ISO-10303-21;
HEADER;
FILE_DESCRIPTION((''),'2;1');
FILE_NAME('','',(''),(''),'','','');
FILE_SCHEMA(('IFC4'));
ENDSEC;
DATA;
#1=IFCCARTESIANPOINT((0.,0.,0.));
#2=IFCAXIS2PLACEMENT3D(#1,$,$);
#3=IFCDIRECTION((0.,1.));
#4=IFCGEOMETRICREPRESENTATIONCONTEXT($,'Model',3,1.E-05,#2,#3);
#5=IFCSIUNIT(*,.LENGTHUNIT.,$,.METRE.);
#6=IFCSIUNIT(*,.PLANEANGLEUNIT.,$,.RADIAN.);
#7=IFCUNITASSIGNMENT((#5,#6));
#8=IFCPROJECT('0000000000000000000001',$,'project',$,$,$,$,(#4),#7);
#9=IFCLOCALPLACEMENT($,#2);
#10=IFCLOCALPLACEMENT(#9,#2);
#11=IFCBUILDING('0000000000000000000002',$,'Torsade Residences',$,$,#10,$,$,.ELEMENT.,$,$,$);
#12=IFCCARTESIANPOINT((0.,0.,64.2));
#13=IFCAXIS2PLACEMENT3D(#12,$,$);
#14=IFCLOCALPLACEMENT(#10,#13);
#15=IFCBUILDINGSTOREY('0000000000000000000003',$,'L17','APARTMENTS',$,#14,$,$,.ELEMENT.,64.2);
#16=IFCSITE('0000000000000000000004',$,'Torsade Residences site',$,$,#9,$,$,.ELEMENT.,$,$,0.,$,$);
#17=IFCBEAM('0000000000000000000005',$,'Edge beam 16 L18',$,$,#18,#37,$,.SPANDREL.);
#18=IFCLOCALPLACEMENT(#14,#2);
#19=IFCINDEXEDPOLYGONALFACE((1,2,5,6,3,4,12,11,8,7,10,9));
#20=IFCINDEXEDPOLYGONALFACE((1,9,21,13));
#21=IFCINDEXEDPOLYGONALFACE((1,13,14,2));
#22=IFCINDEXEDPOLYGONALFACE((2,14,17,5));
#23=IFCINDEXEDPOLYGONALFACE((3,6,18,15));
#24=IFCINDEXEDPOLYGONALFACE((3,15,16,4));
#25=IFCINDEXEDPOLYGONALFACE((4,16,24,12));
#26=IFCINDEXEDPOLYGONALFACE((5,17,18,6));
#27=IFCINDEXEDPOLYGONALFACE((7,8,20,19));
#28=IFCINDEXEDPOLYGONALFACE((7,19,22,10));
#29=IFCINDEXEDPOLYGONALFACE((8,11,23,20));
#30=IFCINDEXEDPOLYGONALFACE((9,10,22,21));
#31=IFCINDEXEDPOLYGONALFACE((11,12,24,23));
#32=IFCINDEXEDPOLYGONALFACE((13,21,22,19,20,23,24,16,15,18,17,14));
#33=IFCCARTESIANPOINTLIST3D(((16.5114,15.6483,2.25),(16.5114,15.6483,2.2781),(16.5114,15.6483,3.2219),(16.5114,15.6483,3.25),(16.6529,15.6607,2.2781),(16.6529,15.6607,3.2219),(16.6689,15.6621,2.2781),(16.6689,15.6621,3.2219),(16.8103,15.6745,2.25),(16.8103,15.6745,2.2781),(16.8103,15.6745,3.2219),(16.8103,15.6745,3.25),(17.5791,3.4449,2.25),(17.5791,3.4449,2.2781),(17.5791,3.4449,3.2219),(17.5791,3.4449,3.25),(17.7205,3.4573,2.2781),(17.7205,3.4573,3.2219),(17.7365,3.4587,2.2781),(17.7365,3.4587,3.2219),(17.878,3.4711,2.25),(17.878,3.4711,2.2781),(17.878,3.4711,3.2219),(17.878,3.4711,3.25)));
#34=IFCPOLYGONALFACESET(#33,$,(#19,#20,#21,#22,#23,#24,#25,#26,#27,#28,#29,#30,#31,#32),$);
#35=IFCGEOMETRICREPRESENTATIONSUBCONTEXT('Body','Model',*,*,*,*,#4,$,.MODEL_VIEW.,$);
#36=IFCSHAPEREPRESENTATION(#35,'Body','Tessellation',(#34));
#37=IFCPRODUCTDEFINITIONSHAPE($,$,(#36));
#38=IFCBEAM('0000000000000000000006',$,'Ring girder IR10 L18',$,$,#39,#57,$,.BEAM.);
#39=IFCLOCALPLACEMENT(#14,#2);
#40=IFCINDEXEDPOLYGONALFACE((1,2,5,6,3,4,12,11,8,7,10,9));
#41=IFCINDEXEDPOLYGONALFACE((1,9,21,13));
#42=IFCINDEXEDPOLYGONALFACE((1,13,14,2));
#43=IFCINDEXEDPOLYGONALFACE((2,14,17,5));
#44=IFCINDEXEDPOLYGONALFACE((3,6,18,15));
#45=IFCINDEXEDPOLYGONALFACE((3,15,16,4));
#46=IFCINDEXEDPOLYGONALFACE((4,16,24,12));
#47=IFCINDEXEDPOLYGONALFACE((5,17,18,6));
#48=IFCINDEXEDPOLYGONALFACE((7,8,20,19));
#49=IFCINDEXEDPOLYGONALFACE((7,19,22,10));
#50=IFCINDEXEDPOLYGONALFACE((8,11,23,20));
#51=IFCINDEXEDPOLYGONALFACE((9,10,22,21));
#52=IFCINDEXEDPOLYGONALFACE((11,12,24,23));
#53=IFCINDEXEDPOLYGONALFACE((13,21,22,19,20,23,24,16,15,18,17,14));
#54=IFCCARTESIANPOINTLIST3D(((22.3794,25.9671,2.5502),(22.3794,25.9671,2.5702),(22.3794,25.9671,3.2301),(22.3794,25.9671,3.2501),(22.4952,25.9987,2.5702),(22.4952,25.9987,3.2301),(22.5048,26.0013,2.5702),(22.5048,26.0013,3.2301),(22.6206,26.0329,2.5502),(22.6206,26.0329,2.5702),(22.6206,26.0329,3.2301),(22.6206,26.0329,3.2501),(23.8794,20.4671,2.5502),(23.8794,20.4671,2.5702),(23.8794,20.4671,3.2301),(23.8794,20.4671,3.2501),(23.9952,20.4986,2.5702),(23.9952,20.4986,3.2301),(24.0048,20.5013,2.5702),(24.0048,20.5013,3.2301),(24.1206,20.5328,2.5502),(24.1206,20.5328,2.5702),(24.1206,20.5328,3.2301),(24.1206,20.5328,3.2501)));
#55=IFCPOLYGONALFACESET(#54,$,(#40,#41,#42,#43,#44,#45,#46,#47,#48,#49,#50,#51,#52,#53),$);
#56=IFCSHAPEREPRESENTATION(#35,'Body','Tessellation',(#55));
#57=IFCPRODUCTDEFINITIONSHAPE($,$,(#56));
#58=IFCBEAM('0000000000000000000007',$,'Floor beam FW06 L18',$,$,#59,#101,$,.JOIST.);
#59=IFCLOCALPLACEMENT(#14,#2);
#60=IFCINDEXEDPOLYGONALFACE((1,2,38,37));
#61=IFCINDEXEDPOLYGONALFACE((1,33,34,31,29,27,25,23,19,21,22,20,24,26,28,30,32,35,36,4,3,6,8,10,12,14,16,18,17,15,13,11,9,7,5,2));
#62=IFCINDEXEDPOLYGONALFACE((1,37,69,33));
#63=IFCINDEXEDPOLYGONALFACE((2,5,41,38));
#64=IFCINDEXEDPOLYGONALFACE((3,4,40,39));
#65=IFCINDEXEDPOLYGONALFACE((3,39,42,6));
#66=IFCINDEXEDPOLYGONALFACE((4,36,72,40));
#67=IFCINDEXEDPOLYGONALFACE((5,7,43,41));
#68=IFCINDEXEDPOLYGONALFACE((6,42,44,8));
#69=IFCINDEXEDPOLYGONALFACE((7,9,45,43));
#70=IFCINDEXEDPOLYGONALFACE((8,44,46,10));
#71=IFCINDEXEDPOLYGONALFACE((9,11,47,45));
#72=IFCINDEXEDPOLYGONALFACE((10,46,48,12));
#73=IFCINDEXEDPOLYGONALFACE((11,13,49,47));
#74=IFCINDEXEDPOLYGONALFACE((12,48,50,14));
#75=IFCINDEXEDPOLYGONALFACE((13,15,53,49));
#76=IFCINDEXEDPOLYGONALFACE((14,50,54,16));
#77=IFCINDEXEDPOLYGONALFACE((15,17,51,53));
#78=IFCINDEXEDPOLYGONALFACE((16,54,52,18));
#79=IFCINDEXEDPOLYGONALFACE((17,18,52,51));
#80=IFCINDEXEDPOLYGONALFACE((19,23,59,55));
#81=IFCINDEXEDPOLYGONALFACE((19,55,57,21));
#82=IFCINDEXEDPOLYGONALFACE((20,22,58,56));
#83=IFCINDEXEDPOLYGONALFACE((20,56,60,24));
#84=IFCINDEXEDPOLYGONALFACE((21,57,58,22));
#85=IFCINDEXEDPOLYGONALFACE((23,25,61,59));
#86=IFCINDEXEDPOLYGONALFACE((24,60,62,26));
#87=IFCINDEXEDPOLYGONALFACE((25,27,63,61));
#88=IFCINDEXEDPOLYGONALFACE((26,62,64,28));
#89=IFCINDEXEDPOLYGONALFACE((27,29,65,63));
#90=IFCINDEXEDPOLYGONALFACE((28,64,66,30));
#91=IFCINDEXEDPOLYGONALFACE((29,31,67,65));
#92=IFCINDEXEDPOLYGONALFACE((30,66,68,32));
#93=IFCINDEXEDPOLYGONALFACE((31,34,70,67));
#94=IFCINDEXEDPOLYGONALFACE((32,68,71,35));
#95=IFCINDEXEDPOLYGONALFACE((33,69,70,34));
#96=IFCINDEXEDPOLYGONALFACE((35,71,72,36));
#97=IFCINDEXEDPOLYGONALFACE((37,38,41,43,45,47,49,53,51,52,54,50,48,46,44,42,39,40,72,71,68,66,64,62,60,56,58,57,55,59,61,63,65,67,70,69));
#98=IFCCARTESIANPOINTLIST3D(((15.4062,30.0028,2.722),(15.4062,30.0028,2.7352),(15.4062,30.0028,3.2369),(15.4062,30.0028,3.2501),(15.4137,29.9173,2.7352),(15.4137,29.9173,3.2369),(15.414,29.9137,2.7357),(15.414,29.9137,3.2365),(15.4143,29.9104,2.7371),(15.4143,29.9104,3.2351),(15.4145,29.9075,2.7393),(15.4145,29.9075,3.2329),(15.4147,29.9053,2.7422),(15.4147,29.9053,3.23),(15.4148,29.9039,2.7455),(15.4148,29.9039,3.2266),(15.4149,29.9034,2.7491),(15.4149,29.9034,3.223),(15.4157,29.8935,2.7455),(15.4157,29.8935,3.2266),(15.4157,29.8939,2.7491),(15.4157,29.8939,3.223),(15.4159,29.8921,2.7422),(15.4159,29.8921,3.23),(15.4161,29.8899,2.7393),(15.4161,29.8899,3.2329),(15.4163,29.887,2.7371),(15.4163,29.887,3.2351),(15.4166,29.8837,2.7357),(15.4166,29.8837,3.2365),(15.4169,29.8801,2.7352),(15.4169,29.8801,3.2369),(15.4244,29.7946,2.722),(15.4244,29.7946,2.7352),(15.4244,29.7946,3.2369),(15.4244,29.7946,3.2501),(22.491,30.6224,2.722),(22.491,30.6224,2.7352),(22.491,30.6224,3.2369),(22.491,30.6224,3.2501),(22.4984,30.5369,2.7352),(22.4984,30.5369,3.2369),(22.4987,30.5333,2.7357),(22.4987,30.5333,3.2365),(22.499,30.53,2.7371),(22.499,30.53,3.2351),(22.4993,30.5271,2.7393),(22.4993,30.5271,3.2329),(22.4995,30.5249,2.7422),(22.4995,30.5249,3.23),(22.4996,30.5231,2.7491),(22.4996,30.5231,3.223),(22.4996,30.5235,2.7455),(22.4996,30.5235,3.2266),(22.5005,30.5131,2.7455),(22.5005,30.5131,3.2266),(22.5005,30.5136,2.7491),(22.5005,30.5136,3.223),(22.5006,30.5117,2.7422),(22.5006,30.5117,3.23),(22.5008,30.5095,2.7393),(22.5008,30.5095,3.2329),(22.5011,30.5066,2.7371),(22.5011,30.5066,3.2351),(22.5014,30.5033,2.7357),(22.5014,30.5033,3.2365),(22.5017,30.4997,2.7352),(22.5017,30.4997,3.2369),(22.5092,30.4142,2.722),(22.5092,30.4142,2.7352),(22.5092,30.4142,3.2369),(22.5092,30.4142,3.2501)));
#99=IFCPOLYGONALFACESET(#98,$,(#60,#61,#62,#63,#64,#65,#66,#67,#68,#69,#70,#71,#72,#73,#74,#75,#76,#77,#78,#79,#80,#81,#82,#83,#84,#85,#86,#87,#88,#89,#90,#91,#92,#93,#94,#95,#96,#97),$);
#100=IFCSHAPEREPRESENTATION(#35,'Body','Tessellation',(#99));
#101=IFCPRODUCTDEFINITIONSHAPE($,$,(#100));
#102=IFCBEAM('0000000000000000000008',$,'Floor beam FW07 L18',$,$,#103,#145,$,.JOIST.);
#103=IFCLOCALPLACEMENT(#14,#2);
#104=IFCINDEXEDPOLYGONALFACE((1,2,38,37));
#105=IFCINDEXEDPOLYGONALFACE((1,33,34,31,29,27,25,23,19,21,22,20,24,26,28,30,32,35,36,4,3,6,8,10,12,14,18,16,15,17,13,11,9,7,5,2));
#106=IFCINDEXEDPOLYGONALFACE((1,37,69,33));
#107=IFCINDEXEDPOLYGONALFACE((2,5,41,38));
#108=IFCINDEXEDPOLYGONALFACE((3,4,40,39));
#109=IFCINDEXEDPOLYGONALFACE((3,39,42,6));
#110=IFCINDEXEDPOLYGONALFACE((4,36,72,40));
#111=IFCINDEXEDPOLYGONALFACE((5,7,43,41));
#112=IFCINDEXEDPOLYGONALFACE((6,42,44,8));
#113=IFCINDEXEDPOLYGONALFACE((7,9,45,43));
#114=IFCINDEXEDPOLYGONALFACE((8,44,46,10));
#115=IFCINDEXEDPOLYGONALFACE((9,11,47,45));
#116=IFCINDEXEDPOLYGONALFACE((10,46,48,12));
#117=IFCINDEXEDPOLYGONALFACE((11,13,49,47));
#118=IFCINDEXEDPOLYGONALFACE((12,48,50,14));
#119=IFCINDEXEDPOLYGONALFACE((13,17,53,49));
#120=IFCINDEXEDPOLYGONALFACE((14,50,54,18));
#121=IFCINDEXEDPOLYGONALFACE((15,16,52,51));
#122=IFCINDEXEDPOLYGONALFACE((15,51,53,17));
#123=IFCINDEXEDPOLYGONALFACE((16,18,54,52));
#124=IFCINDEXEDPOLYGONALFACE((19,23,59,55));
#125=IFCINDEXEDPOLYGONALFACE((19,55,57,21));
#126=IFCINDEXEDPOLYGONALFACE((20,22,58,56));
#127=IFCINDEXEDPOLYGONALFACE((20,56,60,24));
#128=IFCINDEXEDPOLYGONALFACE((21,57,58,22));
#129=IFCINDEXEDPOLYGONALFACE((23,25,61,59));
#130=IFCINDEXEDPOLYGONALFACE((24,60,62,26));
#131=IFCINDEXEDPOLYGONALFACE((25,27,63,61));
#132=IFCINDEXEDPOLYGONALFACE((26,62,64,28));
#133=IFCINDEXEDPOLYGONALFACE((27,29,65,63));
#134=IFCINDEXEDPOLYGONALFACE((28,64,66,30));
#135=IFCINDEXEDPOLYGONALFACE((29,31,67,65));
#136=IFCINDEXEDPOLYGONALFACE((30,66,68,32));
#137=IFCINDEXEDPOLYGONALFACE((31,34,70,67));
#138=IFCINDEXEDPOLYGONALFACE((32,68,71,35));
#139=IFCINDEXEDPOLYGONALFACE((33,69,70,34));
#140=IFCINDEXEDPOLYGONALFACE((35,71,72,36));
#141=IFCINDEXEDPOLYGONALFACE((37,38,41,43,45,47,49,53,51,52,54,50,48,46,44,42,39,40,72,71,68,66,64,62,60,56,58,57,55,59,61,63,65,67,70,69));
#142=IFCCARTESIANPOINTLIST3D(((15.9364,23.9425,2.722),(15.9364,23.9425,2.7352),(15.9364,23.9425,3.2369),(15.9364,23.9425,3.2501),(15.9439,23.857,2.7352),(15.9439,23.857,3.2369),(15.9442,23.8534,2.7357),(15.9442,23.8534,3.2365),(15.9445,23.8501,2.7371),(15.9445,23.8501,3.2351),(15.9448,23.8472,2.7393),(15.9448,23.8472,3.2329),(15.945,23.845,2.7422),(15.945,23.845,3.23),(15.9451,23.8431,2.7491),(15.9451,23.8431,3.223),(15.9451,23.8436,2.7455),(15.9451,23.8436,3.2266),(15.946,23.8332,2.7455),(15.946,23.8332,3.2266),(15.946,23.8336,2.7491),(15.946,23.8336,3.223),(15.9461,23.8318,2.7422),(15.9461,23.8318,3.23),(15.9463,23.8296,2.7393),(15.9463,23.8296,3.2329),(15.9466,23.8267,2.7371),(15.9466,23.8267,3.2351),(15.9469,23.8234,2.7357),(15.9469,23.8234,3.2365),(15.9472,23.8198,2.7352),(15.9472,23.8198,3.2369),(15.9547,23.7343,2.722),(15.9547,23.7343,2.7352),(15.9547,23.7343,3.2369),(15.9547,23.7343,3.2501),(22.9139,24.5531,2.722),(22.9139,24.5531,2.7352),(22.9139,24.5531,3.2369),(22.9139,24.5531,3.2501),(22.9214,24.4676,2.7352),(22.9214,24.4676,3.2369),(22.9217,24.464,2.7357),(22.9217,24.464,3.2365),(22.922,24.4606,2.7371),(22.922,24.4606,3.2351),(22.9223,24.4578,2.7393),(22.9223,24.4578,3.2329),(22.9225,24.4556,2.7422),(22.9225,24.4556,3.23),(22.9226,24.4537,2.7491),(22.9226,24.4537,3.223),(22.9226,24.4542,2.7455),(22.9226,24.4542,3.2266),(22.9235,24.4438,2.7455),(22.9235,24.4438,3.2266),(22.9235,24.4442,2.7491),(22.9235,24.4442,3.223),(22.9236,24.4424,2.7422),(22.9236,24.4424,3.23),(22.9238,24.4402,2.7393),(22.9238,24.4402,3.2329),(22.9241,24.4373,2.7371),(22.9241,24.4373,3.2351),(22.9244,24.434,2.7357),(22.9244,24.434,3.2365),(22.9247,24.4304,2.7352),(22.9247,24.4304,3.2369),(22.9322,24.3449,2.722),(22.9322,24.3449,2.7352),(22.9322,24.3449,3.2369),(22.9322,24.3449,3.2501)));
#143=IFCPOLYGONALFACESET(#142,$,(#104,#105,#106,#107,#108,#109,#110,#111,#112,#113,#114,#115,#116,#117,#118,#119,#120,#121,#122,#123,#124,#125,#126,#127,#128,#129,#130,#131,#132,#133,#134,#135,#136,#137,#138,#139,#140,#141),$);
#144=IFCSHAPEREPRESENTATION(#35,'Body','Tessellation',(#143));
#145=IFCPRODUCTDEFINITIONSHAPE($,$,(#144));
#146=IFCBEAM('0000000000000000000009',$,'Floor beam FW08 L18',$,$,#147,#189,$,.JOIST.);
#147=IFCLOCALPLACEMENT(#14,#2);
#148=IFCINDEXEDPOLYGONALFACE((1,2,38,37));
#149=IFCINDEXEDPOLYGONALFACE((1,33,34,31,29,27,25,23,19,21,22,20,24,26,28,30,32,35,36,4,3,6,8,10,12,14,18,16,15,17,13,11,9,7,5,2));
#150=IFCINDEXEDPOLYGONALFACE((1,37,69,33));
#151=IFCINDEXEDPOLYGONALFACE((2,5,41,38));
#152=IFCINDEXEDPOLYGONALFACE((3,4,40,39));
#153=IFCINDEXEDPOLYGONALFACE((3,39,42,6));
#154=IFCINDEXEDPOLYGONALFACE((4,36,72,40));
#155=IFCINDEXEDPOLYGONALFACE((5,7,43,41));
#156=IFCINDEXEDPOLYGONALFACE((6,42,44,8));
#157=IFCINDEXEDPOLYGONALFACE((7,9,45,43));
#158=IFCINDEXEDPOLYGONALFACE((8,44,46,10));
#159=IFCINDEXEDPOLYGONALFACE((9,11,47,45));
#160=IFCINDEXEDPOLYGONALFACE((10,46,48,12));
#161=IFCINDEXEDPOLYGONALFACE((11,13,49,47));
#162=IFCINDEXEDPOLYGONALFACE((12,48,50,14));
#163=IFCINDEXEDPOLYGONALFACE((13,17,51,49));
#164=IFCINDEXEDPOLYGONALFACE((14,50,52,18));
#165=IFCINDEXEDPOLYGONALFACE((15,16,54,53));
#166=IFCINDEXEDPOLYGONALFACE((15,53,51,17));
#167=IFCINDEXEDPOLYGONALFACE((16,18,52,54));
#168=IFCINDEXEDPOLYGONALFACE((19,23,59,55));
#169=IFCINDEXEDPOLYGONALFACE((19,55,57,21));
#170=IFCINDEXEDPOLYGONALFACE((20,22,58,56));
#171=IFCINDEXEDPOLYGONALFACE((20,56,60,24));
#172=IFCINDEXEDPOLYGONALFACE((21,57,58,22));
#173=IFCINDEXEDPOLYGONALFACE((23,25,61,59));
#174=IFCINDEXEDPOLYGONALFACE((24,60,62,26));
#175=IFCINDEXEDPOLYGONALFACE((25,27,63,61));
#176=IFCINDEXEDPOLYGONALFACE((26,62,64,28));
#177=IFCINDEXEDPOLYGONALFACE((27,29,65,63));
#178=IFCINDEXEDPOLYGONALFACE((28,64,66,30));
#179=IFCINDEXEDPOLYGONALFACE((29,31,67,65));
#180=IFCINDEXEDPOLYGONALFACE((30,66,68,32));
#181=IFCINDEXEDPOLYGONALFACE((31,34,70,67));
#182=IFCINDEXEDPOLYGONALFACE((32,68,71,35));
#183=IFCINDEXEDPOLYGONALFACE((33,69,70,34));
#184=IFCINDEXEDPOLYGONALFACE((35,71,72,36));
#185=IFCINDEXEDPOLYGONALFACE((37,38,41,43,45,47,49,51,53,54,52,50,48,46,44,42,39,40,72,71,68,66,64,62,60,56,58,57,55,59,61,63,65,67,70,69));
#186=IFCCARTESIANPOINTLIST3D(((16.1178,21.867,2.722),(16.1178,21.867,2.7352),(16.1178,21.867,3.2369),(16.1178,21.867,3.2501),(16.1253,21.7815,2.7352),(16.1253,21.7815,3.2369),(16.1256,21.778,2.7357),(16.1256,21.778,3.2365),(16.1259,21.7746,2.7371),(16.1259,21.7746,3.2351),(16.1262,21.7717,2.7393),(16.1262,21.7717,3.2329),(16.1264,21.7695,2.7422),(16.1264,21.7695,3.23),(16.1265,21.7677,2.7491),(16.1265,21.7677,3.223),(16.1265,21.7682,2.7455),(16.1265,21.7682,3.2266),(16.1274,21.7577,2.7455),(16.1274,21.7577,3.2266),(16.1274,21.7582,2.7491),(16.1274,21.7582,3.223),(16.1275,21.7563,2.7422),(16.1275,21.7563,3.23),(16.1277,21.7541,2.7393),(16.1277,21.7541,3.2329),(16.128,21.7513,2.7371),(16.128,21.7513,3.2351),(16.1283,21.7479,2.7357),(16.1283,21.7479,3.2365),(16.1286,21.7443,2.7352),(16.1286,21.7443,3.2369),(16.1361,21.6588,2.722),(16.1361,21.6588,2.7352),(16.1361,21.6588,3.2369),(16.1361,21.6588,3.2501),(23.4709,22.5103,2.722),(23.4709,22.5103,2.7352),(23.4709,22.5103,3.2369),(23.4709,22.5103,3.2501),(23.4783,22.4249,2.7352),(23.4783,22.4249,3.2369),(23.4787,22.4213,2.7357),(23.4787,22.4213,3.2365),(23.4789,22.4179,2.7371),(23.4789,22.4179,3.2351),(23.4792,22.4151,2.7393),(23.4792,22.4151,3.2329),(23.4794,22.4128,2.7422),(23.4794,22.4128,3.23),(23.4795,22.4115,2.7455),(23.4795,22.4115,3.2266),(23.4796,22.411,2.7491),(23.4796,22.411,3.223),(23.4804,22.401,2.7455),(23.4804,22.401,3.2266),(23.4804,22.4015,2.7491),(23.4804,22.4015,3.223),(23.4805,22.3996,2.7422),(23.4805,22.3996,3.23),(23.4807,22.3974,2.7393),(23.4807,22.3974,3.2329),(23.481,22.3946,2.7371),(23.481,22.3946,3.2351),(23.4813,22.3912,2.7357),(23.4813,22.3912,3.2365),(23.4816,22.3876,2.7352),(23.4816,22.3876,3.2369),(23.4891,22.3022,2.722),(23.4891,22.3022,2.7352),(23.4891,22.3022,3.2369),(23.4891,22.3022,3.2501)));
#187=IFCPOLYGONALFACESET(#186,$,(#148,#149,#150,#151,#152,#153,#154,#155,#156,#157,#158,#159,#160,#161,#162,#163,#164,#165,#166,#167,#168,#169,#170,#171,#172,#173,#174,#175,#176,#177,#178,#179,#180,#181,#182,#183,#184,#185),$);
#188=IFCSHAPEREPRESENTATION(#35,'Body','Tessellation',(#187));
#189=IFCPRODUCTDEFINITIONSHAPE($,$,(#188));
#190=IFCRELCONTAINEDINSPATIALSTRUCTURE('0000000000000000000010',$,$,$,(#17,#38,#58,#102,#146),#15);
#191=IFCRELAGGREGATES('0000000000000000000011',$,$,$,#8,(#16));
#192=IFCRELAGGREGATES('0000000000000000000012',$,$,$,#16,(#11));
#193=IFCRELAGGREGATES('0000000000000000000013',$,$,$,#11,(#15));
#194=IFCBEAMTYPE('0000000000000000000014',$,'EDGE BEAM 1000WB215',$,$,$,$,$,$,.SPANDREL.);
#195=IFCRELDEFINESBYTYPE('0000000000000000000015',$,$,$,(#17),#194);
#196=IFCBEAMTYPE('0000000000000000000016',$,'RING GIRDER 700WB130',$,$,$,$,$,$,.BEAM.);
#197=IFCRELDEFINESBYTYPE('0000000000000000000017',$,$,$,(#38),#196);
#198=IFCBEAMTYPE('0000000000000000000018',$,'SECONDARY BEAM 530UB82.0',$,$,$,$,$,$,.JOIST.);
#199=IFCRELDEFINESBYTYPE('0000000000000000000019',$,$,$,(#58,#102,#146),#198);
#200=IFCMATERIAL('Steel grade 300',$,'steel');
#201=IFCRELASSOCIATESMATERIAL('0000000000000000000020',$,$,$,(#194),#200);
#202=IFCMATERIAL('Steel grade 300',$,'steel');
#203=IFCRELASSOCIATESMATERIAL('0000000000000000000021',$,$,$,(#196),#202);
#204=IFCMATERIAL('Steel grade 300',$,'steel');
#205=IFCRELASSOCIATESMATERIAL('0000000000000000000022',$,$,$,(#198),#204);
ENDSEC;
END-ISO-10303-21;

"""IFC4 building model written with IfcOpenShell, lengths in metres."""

from ifc_helpers import new_model, si_unit, direction, frame, origin, origin_2d, place, context, subcontext, project, spatial, i_section, extrude, material, material_profile, profile_set, type_object, element, save


model = new_model("IFC4")

# Units and contexts
model_context = context("Model", 3, precision=1e-05, world=origin(), true_north=direction((0.0, 1.0)))
body_context = subcontext(model_context, "Body", "Model", "MODEL_VIEW")
ifc_project = project(units=[si_unit("LENGTHUNIT", "METRE"), si_unit("PLANEANGLEUNIT", "RADIAN")], contexts=[model_context])

# Site, building, storey
site_placement = place(None, origin())
site = spatial("IfcSite", under=ifc_project, at=site_placement, Name="Torsade Residences site", CompositionType="ELEMENT", RefElevation=0.0)
building_placement = place(site_placement, origin())
building = spatial("IfcBuilding", under=site, at=building_placement, Name="Torsade Residences", CompositionType="ELEMENT")
storey_placement = place(building_placement, frame((0.0, 0.0, 64.2)))
storey = spatial("IfcBuildingStorey", under=building, at=storey_placement, Name="L17", Description="APARTMENTS", CompositionType="ELEMENT", Elevation=64.2)

# Beams
ifc_material_1 = material(Name="Steel grade 300", Category="steel")
ifc_material_profile_1 = material_profile(ifc_material_1, i_section(OverallWidth=0.3, OverallDepth=1.0, WebThickness=0.0161, FlangeThickness=0.0281, at=origin_2d()), Name="1000WB215")
ifc_profile_set_1 = profile_set([ifc_material_profile_1], Name="Steel grade 300")
beam_type_1 = type_object("IfcBeamType", Name="EDGE BEAM 1000WB215", PredefinedType="SPANDREL", material=ifc_profile_set_1)
for number, where, z_axis, x_axis, name in (
    (1, (16.6609, 15.6614, 2.75), (0.087153, -0.996195, 0.0), (0.996195, 0.087153, 0.0), "Edge beam 16 L18"),
):
    element("IfcBeam", number, at=place(storey_placement, frame(where, z_axis=z_axis, x_axis=x_axis)), inside=storey, type_object=beam_type_1, Name=name, PredefinedType="SPANDREL", context=body_context, shape_type="SweptSolid", body=[
        extrude(i_section(OverallWidth=0.3, OverallDepth=1.0, WebThickness=0.0161, FlangeThickness=0.0281, at=origin_2d()), origin(), (0.0, 0.0, 1.0), 12.25),
    ])
ifc_material_2 = material(Name="Steel grade 300", Category="steel")
ifc_material_profile_2 = material_profile(ifc_material_2, i_section(OverallWidth=0.25, OverallDepth=0.7, WebThickness=0.01, FlangeThickness=0.02, at=origin_2d()), Name="700WB130")
ifc_profile_set_2 = profile_set([ifc_material_profile_2], Name="Steel grade 300")
beam_type_2 = type_object("IfcBeamType", Name="RING GIRDER 700WB130", PredefinedType="BEAM", material=ifc_profile_set_2)
beam_1_placement = place(storey_placement, frame((22.5, 26.0, 2.9001), z_axis=(0.263117, -0.964764, 0.0), x_axis=(0.964764, 0.263117, 0.0)))
element("IfcBeam", 2, at=beam_1_placement, inside=storey, type_object=beam_type_2, Name="Ring girder IR10 L18", PredefinedType="BEAM", context=body_context, shape_type="SweptSolid", body=[
    extrude(i_section(OverallWidth=0.25, OverallDepth=0.7, WebThickness=0.01, FlangeThickness=0.02, at=origin_2d()), origin(), (0.0, 0.0, 1.0), 5.7009),
])
ifc_material_3 = material(Name="Steel grade 300", Category="steel")
ifc_material_profile_3 = material_profile(ifc_material_3, i_section(OverallWidth=0.209, OverallDepth=0.5281, WebThickness=0.0095, FlangeThickness=0.0132, FilletRadius=0.0139, at=origin_2d()), Name="530UB82.0")
ifc_profile_set_3 = profile_set([ifc_material_profile_3], Name="Steel grade 300")
beam_type_3 = type_object("IfcBeamType", Name="SECONDARY BEAM 530UB82.0", PredefinedType="JOIST", material=ifc_profile_set_3)
beam_2_placement = place(storey_placement, frame((15.4153, 29.8987, 2.9861), z_axis=(0.996197, 0.087127, 0.0), x_axis=(-0.087127, 0.996197, 0.0)))
element("IfcBeam", 3, at=beam_2_placement, inside=storey, type_object=beam_type_3, Name="Floor beam FW06 L18", PredefinedType="JOIST", context=body_context, shape_type="SweptSolid", body=[
    extrude(i_section(OverallWidth=0.209, OverallDepth=0.5281, WebThickness=0.0095, FlangeThickness=0.0132, FilletRadius=0.0139, at=origin_2d()), origin(), (0.0, 0.0, 1.0), 7.1118),
])
beam_3_placement = place(storey_placement, frame((15.9456, 23.8384, 2.9861), z_axis=(0.996193, 0.087176, 0.0), x_axis=(-0.087176, 0.996193, 0.0)))
element("IfcBeam", 4, at=beam_3_placement, inside=storey, type_object=beam_type_3, Name="Floor beam FW07 L18", PredefinedType="JOIST", context=body_context, shape_type="SweptSolid", body=[
    extrude(i_section(OverallWidth=0.209, OverallDepth=0.5281, WebThickness=0.0095, FlangeThickness=0.0132, FilletRadius=0.0139, at=origin_2d()), origin(), (0.0, 0.0, 1.0), 7.0042),
])
beam_4_placement = place(storey_placement, frame((16.127, 21.7629, 2.9861), z_axis=(0.996195, 0.087156, 0.0), x_axis=(-0.087156, 0.996195, 0.0)))
element("IfcBeam", 5, at=beam_4_placement, inside=storey, type_object=beam_type_3, Name="Floor beam FW08 L18", PredefinedType="JOIST", context=body_context, shape_type="SweptSolid", body=[
    extrude(i_section(OverallWidth=0.209, OverallDepth=0.5281, WebThickness=0.0095, FlangeThickness=0.0132, FilletRadius=0.0139, at=origin_2d()), origin(), (0.0, 0.0, 1.0), 7.3811),
])

save(model, "model.ifc")
